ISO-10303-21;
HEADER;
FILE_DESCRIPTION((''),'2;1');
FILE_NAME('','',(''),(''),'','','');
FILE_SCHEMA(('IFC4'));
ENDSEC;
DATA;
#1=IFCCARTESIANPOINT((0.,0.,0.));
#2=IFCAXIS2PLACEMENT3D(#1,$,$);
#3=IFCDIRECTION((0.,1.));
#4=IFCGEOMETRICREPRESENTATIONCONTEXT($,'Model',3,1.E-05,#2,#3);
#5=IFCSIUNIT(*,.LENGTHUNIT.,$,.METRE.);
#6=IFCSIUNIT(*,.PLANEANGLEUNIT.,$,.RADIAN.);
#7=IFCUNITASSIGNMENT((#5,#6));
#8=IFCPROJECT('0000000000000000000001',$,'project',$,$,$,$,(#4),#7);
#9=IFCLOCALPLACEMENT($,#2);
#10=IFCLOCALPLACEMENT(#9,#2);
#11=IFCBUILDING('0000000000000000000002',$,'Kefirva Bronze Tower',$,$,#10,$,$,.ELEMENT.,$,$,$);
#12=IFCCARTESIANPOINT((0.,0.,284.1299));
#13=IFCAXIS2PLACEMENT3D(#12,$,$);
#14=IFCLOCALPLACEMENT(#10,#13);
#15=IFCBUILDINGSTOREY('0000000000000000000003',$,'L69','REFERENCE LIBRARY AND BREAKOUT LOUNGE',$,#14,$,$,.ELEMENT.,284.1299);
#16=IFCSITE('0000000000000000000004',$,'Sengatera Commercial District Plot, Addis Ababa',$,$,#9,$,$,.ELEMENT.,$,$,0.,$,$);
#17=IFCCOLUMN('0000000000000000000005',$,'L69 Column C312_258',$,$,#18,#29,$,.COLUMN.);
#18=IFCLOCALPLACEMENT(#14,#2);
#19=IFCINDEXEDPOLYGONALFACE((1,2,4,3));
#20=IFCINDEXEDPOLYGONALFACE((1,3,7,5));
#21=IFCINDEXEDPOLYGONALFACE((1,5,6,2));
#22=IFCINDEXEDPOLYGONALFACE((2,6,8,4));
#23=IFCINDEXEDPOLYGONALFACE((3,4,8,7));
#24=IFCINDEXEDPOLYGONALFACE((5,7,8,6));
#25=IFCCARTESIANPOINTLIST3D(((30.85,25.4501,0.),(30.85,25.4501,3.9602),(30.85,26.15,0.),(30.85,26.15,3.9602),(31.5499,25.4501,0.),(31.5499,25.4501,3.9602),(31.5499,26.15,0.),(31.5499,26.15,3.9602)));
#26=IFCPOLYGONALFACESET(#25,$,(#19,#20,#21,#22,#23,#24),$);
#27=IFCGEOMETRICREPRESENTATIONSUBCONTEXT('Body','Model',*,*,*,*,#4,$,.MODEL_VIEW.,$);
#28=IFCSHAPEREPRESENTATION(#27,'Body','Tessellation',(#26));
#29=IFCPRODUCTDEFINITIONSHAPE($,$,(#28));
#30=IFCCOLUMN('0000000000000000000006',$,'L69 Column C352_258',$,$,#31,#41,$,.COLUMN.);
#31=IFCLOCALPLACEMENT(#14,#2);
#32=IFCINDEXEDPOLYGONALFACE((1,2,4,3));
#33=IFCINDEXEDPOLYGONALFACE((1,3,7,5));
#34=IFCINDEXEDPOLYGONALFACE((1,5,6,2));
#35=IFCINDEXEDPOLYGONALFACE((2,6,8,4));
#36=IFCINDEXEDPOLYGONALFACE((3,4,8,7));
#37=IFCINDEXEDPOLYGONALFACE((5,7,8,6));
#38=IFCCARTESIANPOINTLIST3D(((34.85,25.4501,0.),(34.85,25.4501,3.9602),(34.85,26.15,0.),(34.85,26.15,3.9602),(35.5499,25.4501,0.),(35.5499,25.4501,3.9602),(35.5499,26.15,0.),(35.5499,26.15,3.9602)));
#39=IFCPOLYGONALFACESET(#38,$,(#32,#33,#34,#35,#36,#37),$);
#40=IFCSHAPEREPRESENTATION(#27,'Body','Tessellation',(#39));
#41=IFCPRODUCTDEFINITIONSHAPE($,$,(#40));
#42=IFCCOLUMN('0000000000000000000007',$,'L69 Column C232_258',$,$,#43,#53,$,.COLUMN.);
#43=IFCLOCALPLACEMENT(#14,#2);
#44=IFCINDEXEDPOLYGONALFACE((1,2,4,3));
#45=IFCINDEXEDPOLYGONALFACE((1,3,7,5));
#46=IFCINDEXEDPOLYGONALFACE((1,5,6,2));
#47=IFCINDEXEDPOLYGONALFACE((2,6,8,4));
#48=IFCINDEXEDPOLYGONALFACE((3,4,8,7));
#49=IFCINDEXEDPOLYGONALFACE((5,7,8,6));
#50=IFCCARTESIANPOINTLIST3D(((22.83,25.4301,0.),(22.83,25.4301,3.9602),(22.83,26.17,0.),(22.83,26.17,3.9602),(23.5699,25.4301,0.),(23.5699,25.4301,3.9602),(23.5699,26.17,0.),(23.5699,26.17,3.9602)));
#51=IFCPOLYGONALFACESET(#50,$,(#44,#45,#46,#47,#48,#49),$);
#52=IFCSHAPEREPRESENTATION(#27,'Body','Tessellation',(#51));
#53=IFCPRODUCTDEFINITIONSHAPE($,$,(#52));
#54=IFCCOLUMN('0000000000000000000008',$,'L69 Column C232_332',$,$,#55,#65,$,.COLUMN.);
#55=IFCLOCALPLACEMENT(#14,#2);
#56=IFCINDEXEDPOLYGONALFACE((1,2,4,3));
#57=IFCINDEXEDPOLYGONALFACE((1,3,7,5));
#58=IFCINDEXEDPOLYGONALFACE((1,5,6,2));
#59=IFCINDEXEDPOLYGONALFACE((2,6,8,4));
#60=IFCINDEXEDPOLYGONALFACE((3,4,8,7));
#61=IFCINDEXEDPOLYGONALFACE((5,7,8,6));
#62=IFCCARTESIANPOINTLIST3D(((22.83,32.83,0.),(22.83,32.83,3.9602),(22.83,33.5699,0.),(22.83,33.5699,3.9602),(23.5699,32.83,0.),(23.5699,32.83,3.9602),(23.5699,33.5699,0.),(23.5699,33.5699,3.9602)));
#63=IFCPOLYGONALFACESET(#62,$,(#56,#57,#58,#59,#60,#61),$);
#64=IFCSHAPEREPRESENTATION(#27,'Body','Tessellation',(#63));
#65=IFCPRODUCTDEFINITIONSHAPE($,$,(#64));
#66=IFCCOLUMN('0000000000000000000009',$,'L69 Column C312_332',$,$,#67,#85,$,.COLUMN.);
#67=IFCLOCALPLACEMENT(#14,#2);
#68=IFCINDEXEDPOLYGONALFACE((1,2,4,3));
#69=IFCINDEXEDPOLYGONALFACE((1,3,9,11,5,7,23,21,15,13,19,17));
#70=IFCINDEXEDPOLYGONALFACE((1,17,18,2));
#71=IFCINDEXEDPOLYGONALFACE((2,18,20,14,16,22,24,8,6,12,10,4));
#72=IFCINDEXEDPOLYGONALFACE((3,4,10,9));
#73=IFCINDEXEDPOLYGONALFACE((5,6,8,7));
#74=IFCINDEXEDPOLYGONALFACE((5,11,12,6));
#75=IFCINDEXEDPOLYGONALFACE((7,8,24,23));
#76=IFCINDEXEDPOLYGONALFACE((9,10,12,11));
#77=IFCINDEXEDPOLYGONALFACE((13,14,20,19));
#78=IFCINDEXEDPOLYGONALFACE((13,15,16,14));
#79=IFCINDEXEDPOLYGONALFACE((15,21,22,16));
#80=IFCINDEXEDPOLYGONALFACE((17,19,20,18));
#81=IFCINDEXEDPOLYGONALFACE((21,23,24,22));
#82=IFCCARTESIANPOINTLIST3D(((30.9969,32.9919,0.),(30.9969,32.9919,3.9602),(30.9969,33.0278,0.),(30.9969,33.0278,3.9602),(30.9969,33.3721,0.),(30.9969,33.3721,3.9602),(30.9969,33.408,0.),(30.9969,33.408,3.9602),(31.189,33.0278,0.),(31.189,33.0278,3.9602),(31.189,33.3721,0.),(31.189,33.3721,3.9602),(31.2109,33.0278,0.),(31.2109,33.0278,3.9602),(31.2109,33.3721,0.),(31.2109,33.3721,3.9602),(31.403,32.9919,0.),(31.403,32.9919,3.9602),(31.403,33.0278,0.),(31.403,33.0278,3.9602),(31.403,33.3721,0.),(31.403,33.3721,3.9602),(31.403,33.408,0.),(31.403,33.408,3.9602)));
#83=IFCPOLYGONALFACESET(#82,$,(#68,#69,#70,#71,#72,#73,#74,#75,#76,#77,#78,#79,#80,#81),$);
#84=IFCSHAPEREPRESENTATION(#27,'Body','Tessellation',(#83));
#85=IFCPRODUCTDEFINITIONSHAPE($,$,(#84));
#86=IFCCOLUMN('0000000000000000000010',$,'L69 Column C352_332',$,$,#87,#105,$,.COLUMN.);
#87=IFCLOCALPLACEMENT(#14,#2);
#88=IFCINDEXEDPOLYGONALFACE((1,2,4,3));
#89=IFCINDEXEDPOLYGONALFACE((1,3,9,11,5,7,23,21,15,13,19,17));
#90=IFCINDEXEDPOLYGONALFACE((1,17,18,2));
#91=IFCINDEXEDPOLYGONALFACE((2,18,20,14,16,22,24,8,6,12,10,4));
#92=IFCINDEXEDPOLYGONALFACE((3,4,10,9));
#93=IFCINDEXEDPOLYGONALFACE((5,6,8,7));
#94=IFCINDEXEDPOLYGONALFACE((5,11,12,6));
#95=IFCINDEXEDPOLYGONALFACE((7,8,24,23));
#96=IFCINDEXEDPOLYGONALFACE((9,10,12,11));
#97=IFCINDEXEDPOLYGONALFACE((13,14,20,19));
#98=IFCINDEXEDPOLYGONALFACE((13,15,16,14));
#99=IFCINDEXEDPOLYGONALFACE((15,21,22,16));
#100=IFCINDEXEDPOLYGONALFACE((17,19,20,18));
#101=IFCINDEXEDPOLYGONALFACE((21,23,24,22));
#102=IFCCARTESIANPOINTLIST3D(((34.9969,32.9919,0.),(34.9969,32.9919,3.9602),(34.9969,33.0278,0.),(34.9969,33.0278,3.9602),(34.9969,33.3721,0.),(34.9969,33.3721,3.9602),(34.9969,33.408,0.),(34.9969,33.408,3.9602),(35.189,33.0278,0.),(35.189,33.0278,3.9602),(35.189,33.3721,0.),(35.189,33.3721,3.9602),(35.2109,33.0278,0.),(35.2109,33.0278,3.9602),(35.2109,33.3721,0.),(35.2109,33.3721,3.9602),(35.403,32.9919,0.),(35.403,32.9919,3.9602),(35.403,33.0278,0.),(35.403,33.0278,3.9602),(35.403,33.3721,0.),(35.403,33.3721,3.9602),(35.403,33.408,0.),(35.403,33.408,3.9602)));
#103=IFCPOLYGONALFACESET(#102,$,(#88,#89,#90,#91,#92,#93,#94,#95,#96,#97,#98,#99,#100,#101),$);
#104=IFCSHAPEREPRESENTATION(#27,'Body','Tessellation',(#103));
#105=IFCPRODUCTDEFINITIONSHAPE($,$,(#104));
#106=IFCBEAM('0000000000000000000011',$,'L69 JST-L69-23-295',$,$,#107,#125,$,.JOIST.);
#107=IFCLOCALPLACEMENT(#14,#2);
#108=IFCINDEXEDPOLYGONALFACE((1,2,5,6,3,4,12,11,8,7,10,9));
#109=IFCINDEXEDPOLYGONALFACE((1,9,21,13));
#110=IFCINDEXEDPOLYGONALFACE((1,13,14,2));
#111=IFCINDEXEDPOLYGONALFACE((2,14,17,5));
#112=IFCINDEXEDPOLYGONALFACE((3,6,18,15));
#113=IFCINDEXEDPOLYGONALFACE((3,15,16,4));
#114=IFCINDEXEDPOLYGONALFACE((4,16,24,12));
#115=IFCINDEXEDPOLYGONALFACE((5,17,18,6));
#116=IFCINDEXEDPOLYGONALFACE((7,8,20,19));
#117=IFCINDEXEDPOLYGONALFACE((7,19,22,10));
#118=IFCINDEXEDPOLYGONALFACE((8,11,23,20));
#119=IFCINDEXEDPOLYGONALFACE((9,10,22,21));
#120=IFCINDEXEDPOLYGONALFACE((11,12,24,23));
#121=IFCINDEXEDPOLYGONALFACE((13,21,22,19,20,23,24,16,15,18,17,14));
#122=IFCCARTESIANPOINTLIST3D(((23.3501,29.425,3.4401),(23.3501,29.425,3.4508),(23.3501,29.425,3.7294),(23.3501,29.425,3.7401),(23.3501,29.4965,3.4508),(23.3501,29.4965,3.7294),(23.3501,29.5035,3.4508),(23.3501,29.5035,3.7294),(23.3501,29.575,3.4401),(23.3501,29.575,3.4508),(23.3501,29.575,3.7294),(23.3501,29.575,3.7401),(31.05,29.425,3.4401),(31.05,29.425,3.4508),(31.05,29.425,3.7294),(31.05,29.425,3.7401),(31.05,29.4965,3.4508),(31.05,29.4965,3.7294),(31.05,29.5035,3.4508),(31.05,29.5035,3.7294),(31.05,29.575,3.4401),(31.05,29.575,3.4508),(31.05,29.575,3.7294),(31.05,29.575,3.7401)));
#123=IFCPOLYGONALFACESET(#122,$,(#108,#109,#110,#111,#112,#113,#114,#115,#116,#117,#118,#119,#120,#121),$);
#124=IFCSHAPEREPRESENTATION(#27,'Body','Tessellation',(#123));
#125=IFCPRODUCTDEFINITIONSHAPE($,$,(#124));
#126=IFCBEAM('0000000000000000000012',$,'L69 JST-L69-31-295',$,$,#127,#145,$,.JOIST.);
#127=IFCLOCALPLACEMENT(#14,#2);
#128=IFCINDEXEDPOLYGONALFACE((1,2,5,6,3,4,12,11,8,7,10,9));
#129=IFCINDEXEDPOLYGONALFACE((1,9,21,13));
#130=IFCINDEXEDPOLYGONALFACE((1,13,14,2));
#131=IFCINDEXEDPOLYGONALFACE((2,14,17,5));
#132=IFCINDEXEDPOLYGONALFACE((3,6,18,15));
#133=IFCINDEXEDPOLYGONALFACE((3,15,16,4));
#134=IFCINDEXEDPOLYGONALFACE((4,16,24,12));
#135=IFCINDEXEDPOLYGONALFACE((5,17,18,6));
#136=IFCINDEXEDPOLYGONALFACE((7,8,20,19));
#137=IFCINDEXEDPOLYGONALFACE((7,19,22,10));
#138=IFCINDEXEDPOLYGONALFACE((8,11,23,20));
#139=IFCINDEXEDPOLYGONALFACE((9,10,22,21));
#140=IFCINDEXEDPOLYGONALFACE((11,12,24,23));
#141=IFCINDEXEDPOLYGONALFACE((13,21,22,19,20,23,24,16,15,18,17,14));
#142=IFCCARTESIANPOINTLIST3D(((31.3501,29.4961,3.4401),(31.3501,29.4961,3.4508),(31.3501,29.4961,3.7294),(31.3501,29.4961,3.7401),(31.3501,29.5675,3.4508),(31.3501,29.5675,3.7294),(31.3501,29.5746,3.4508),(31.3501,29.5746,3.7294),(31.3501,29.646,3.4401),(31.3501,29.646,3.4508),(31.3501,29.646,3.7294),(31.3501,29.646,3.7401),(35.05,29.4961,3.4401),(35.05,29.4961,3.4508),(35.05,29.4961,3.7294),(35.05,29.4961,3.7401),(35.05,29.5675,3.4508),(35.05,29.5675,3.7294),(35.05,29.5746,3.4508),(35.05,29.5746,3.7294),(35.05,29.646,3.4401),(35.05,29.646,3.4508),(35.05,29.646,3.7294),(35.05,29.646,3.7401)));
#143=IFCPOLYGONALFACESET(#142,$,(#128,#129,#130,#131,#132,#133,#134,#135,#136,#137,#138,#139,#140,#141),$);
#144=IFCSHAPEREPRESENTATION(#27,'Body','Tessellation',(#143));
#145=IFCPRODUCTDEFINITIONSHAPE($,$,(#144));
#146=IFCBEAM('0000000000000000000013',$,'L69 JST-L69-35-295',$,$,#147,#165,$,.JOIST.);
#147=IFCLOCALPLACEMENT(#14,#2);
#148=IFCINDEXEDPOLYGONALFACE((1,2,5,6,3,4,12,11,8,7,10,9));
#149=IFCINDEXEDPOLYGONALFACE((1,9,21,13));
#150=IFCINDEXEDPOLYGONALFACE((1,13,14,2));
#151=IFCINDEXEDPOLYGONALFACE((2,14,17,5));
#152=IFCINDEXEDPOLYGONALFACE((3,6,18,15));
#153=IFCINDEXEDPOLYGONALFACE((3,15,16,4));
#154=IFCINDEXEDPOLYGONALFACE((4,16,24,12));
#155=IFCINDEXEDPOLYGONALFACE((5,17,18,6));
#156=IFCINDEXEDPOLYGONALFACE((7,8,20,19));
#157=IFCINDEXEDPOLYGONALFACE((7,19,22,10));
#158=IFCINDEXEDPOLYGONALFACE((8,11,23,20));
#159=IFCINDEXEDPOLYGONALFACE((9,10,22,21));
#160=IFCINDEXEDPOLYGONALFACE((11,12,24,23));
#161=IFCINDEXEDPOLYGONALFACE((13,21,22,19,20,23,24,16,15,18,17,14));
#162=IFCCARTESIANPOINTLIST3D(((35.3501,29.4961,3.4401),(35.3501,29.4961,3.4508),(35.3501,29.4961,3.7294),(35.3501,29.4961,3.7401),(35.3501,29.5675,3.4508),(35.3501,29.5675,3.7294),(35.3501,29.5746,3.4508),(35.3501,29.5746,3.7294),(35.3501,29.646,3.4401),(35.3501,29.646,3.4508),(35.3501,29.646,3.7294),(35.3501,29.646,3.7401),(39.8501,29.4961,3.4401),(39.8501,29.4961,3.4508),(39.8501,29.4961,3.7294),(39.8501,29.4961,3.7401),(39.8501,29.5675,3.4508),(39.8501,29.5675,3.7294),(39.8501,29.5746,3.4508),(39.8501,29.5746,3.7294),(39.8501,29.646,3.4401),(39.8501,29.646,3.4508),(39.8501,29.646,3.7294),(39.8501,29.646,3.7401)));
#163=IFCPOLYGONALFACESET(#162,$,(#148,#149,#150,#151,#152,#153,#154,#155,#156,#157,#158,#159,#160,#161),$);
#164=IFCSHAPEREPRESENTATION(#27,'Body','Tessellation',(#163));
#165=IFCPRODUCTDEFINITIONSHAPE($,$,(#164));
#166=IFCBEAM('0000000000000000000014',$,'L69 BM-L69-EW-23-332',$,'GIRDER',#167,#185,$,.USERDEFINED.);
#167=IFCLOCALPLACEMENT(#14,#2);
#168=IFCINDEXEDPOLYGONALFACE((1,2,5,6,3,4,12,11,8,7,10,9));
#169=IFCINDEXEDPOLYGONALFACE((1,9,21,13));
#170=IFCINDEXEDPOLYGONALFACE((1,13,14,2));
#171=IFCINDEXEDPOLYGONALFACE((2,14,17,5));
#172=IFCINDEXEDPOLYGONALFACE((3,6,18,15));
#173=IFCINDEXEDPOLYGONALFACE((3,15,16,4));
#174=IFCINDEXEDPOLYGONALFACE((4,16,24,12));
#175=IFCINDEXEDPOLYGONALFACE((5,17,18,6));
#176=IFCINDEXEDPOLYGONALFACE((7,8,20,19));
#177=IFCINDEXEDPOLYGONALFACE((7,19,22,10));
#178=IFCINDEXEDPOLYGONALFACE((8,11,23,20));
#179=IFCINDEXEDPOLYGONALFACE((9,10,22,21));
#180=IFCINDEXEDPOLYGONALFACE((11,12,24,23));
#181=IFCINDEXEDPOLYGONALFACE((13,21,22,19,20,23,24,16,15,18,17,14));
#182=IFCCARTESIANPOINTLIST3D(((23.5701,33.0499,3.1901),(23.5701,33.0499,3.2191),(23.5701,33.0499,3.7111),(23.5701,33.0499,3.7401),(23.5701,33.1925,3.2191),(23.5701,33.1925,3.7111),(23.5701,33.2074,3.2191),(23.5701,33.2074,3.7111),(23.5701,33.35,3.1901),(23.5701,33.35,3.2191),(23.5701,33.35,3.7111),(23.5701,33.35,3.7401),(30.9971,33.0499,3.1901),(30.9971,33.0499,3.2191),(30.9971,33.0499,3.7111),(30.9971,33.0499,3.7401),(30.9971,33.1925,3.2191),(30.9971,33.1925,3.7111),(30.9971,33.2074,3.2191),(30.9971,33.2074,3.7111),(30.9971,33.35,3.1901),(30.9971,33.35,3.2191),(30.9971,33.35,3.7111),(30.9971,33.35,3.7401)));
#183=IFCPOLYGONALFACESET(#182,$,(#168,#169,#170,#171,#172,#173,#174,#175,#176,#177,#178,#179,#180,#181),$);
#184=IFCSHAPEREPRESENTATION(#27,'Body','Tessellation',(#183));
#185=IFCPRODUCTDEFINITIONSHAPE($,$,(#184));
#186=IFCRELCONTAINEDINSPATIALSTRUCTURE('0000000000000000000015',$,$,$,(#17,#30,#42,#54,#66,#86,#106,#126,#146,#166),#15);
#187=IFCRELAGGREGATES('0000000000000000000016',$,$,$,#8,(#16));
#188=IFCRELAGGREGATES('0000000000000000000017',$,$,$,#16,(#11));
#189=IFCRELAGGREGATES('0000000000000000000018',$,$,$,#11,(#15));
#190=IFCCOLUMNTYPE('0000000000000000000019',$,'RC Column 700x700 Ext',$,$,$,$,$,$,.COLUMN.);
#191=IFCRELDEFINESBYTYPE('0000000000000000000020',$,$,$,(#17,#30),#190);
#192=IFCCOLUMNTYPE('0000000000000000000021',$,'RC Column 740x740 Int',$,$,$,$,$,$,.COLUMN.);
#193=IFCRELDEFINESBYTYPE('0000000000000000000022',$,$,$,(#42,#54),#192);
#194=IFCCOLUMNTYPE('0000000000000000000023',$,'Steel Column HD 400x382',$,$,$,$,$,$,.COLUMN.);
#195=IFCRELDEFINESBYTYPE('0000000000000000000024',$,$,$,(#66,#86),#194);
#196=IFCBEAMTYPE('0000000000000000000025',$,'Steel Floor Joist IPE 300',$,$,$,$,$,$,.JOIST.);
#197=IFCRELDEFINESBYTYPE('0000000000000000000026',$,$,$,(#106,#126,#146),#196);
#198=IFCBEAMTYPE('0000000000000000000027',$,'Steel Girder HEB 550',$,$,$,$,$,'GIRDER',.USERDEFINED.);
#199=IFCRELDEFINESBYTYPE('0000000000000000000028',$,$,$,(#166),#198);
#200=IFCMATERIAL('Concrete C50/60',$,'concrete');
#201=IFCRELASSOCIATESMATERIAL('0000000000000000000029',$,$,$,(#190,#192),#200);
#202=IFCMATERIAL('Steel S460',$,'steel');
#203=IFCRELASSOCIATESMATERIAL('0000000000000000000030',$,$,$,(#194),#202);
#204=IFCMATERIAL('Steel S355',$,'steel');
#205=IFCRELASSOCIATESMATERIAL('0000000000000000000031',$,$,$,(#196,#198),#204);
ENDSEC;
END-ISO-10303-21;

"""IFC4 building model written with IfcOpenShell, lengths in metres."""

from ifc_helpers import new_model, si_unit, direction, frame, origin, origin_2d, place, context, subcontext, project, spatial, rectangle, i_section, extrude, material, material_profile, profile_set, type_object, element, save


model = new_model("IFC4")

# Units and contexts
model_context = context("Model", 3, precision=1e-05, world=origin(), true_north=direction((0.0, 1.0)))
body_context = subcontext(model_context, "Body", "Model", "MODEL_VIEW")
ifc_project = project(units=[si_unit("LENGTHUNIT", "METRE"), si_unit("PLANEANGLEUNIT", "RADIAN")], contexts=[model_context])

# Site, building, storey
site_placement = place(None, origin())
site = spatial("IfcSite", under=ifc_project, at=site_placement, Name="Sengatera Commercial District Plot, Addis Ababa", CompositionType="ELEMENT", RefElevation=0.0)
building_placement = place(site_placement, origin())
building = spatial("IfcBuilding", under=site, at=building_placement, Name="Kefirva Bronze Tower", CompositionType="ELEMENT")
storey_placement = place(building_placement, frame((0.0, 0.0, 284.1299)))
storey = spatial("IfcBuildingStorey", under=building, at=storey_placement, Name="L69", Description="REFERENCE LIBRARY AND BREAKOUT LOUNGE", CompositionType="ELEMENT", Elevation=284.1299)

# Columns
ifc_material_1 = material(Name="Concrete C50/60", Category="concrete")
ifc_material_profile_1 = material_profile(ifc_material_1, rectangle(XDim=0.7, YDim=0.7, at=origin_2d()), Name="RC 700x700")
ifc_profile_set_1 = profile_set([ifc_material_profile_1], Name="Concrete C50/60")
column_type_1 = type_object("IfcColumnType", Name="RC Column 700x700 Ext", PredefinedType="COLUMN", material=ifc_profile_set_1)
for number, where, z_axis, x_axis, name in (
    (1, (31.2, 25.8, 0.0), (0.0, 0.0, 1.0), (1.0, 0.0, 0.0), "L69 Column C312_258"),
    (2, (35.2, 25.8, 0.0), (0.0, 0.0, 1.0), (1.0, 0.0, 0.0), "L69 Column C352_258"),
):
    element("IfcColumn", number, at=place(storey_placement, frame(where, z_axis=z_axis, x_axis=x_axis)), inside=storey, type_object=column_type_1, Name=name, PredefinedType="COLUMN", context=body_context, shape_type="SweptSolid", body=[
        extrude(rectangle(XDim=0.7, YDim=0.7, at=origin_2d()), origin(), (0.0, 0.0, 1.0), 3.9602),
    ])
ifc_material_profile_2 = material_profile(ifc_material_1, rectangle(XDim=0.74, YDim=0.74, at=origin_2d()), Name="RC 740x740")
ifc_profile_set_2 = profile_set([ifc_material_profile_2], Name="Concrete C50/60")
column_type_2 = type_object("IfcColumnType", Name="RC Column 740x740 Int", PredefinedType="COLUMN", material=ifc_profile_set_2)
for number, where, z_axis, x_axis, name in (
    (3, (23.2, 25.8, 0.0), (0.0, 0.0, 1.0), (1.0, 0.0, 0.0), "L69 Column C232_258"),
    (4, (23.2, 33.2, 0.0), (0.0, 0.0, 1.0), (1.0, 0.0, 0.0), "L69 Column C232_332"),
):
    element("IfcColumn", number, at=place(storey_placement, frame(where, z_axis=z_axis, x_axis=x_axis)), inside=storey, type_object=column_type_2, Name=name, PredefinedType="COLUMN", context=body_context, shape_type="SweptSolid", body=[
        extrude(rectangle(XDim=0.74, YDim=0.74, at=origin_2d()), origin(), (0.0, 0.0, 1.0), 3.9602),
    ])
ifc_material_2 = material(Name="Steel S460", Category="steel")
ifc_material_profile_3 = material_profile(ifc_material_2, i_section(OverallWidth=0.406, OverallDepth=0.416, WebThickness=0.022, FlangeThickness=0.0359, at=origin_2d()), Name="HD 400x382")
ifc_profile_set_3 = profile_set([ifc_material_profile_3], Name="Steel S460")
column_type_3 = type_object("IfcColumnType", Name="Steel Column HD 400x382", PredefinedType="COLUMN", material=ifc_profile_set_3)
for number, where, z_axis, x_axis, name in (
    (5, (31.2, 33.2, 0.0), (0.0, 0.0, 1.0), (1.0, 0.0, 0.0), "L69 Column C312_332"),
    (6, (35.2, 33.2, 0.0), (0.0, 0.0, 1.0), (1.0, 0.0, 0.0), "L69 Column C352_332"),
):
    element("IfcColumn", number, at=place(storey_placement, frame(where, z_axis=z_axis, x_axis=x_axis)), inside=storey, type_object=column_type_3, Name=name, PredefinedType="COLUMN", context=body_context, shape_type="SweptSolid", body=[
        extrude(i_section(OverallWidth=0.406, OverallDepth=0.416, WebThickness=0.022, FlangeThickness=0.0359, at=origin_2d()), origin(), (0.0, 0.0, 1.0), 3.9602),
    ])

# Beams
ifc_material_3 = material(Name="Steel S355", Category="steel")
ifc_material_profile_4 = material_profile(ifc_material_3, i_section(OverallWidth=0.1499, OverallDepth=0.3, WebThickness=0.0071, FlangeThickness=0.0107, at=origin_2d()), Name="IPE 300")
ifc_profile_set_4 = profile_set([ifc_material_profile_4], Name="Steel S355")
beam_type_1 = type_object("IfcBeamType", Name="Steel Floor Joist IPE 300", PredefinedType="JOIST", material=ifc_profile_set_4)
beam_1_placement = place(storey_placement, frame((23.3501, 29.5, 3.5901), z_axis=(1.0, 0.0, 0.0), x_axis=(0.0, 1.0, 0.0)))
element("IfcBeam", 7, at=beam_1_placement, inside=storey, type_object=beam_type_1, Name="L69 JST-L69-23-295", PredefinedType="JOIST", context=body_context, shape_type="SweptSolid", body=[
    extrude(i_section(OverallWidth=0.1499, OverallDepth=0.3, WebThickness=0.0071, FlangeThickness=0.0107, at=origin_2d()), origin(), (0.0, 0.0, 1.0), 7.7),
])
beam_2_placement = place(storey_placement, frame((31.3501, 29.571, 3.5901), z_axis=(1.0, 0.0, 0.0), x_axis=(0.0, 1.0, 0.0)))
element("IfcBeam", 8, at=beam_2_placement, inside=storey, type_object=beam_type_1, Name="L69 JST-L69-31-295", PredefinedType="JOIST", context=body_context, shape_type="SweptSolid", body=[
    extrude(i_section(OverallWidth=0.1499, OverallDepth=0.3, WebThickness=0.0071, FlangeThickness=0.0107, at=origin_2d()), origin(), (0.0, 0.0, 1.0), 3.7),
])
beam_3_placement = place(storey_placement, frame((35.3501, 29.571, 3.5901), z_axis=(1.0, 0.0, 0.0), x_axis=(0.0, 1.0, 0.0)))
element("IfcBeam", 9, at=beam_3_placement, inside=storey, type_object=beam_type_1, Name="L69 JST-L69-35-295", PredefinedType="JOIST", context=body_context, shape_type="SweptSolid", body=[
    extrude(i_section(OverallWidth=0.1499, OverallDepth=0.3, WebThickness=0.0071, FlangeThickness=0.0107, at=origin_2d()), origin(), (0.0, 0.0, 1.0), 4.5),
])
ifc_material_profile_5 = material_profile(ifc_material_3, i_section(OverallWidth=0.3, OverallDepth=0.55, WebThickness=0.0149, FlangeThickness=0.0291, at=origin_2d()), Name="HEB 550")
ifc_profile_set_5 = profile_set([ifc_material_profile_5], Name="Steel S355")
beam_type_2 = type_object("IfcBeamType", Name="Steel Girder HEB 550", ElementType="GIRDER", PredefinedType="USERDEFINED", material=ifc_profile_set_5)
beam_4_placement = place(storey_placement, frame((23.5701, 33.2, 3.4651), z_axis=(1.0, 0.0, 0.0), x_axis=(0.0, 1.0, 0.0)))
element("IfcBeam", 10, at=beam_4_placement, inside=storey, type_object=beam_type_2, Name="L69 BM-L69-EW-23-332", ObjectType="GIRDER", PredefinedType="USERDEFINED", context=body_context, shape_type="SweptSolid", body=[
    extrude(i_section(OverallWidth=0.3, OverallDepth=0.55, WebThickness=0.0149, FlangeThickness=0.0291, at=origin_2d()), origin(), (0.0, 0.0, 1.0), 7.427),
])

save(model, "model.ifc")
